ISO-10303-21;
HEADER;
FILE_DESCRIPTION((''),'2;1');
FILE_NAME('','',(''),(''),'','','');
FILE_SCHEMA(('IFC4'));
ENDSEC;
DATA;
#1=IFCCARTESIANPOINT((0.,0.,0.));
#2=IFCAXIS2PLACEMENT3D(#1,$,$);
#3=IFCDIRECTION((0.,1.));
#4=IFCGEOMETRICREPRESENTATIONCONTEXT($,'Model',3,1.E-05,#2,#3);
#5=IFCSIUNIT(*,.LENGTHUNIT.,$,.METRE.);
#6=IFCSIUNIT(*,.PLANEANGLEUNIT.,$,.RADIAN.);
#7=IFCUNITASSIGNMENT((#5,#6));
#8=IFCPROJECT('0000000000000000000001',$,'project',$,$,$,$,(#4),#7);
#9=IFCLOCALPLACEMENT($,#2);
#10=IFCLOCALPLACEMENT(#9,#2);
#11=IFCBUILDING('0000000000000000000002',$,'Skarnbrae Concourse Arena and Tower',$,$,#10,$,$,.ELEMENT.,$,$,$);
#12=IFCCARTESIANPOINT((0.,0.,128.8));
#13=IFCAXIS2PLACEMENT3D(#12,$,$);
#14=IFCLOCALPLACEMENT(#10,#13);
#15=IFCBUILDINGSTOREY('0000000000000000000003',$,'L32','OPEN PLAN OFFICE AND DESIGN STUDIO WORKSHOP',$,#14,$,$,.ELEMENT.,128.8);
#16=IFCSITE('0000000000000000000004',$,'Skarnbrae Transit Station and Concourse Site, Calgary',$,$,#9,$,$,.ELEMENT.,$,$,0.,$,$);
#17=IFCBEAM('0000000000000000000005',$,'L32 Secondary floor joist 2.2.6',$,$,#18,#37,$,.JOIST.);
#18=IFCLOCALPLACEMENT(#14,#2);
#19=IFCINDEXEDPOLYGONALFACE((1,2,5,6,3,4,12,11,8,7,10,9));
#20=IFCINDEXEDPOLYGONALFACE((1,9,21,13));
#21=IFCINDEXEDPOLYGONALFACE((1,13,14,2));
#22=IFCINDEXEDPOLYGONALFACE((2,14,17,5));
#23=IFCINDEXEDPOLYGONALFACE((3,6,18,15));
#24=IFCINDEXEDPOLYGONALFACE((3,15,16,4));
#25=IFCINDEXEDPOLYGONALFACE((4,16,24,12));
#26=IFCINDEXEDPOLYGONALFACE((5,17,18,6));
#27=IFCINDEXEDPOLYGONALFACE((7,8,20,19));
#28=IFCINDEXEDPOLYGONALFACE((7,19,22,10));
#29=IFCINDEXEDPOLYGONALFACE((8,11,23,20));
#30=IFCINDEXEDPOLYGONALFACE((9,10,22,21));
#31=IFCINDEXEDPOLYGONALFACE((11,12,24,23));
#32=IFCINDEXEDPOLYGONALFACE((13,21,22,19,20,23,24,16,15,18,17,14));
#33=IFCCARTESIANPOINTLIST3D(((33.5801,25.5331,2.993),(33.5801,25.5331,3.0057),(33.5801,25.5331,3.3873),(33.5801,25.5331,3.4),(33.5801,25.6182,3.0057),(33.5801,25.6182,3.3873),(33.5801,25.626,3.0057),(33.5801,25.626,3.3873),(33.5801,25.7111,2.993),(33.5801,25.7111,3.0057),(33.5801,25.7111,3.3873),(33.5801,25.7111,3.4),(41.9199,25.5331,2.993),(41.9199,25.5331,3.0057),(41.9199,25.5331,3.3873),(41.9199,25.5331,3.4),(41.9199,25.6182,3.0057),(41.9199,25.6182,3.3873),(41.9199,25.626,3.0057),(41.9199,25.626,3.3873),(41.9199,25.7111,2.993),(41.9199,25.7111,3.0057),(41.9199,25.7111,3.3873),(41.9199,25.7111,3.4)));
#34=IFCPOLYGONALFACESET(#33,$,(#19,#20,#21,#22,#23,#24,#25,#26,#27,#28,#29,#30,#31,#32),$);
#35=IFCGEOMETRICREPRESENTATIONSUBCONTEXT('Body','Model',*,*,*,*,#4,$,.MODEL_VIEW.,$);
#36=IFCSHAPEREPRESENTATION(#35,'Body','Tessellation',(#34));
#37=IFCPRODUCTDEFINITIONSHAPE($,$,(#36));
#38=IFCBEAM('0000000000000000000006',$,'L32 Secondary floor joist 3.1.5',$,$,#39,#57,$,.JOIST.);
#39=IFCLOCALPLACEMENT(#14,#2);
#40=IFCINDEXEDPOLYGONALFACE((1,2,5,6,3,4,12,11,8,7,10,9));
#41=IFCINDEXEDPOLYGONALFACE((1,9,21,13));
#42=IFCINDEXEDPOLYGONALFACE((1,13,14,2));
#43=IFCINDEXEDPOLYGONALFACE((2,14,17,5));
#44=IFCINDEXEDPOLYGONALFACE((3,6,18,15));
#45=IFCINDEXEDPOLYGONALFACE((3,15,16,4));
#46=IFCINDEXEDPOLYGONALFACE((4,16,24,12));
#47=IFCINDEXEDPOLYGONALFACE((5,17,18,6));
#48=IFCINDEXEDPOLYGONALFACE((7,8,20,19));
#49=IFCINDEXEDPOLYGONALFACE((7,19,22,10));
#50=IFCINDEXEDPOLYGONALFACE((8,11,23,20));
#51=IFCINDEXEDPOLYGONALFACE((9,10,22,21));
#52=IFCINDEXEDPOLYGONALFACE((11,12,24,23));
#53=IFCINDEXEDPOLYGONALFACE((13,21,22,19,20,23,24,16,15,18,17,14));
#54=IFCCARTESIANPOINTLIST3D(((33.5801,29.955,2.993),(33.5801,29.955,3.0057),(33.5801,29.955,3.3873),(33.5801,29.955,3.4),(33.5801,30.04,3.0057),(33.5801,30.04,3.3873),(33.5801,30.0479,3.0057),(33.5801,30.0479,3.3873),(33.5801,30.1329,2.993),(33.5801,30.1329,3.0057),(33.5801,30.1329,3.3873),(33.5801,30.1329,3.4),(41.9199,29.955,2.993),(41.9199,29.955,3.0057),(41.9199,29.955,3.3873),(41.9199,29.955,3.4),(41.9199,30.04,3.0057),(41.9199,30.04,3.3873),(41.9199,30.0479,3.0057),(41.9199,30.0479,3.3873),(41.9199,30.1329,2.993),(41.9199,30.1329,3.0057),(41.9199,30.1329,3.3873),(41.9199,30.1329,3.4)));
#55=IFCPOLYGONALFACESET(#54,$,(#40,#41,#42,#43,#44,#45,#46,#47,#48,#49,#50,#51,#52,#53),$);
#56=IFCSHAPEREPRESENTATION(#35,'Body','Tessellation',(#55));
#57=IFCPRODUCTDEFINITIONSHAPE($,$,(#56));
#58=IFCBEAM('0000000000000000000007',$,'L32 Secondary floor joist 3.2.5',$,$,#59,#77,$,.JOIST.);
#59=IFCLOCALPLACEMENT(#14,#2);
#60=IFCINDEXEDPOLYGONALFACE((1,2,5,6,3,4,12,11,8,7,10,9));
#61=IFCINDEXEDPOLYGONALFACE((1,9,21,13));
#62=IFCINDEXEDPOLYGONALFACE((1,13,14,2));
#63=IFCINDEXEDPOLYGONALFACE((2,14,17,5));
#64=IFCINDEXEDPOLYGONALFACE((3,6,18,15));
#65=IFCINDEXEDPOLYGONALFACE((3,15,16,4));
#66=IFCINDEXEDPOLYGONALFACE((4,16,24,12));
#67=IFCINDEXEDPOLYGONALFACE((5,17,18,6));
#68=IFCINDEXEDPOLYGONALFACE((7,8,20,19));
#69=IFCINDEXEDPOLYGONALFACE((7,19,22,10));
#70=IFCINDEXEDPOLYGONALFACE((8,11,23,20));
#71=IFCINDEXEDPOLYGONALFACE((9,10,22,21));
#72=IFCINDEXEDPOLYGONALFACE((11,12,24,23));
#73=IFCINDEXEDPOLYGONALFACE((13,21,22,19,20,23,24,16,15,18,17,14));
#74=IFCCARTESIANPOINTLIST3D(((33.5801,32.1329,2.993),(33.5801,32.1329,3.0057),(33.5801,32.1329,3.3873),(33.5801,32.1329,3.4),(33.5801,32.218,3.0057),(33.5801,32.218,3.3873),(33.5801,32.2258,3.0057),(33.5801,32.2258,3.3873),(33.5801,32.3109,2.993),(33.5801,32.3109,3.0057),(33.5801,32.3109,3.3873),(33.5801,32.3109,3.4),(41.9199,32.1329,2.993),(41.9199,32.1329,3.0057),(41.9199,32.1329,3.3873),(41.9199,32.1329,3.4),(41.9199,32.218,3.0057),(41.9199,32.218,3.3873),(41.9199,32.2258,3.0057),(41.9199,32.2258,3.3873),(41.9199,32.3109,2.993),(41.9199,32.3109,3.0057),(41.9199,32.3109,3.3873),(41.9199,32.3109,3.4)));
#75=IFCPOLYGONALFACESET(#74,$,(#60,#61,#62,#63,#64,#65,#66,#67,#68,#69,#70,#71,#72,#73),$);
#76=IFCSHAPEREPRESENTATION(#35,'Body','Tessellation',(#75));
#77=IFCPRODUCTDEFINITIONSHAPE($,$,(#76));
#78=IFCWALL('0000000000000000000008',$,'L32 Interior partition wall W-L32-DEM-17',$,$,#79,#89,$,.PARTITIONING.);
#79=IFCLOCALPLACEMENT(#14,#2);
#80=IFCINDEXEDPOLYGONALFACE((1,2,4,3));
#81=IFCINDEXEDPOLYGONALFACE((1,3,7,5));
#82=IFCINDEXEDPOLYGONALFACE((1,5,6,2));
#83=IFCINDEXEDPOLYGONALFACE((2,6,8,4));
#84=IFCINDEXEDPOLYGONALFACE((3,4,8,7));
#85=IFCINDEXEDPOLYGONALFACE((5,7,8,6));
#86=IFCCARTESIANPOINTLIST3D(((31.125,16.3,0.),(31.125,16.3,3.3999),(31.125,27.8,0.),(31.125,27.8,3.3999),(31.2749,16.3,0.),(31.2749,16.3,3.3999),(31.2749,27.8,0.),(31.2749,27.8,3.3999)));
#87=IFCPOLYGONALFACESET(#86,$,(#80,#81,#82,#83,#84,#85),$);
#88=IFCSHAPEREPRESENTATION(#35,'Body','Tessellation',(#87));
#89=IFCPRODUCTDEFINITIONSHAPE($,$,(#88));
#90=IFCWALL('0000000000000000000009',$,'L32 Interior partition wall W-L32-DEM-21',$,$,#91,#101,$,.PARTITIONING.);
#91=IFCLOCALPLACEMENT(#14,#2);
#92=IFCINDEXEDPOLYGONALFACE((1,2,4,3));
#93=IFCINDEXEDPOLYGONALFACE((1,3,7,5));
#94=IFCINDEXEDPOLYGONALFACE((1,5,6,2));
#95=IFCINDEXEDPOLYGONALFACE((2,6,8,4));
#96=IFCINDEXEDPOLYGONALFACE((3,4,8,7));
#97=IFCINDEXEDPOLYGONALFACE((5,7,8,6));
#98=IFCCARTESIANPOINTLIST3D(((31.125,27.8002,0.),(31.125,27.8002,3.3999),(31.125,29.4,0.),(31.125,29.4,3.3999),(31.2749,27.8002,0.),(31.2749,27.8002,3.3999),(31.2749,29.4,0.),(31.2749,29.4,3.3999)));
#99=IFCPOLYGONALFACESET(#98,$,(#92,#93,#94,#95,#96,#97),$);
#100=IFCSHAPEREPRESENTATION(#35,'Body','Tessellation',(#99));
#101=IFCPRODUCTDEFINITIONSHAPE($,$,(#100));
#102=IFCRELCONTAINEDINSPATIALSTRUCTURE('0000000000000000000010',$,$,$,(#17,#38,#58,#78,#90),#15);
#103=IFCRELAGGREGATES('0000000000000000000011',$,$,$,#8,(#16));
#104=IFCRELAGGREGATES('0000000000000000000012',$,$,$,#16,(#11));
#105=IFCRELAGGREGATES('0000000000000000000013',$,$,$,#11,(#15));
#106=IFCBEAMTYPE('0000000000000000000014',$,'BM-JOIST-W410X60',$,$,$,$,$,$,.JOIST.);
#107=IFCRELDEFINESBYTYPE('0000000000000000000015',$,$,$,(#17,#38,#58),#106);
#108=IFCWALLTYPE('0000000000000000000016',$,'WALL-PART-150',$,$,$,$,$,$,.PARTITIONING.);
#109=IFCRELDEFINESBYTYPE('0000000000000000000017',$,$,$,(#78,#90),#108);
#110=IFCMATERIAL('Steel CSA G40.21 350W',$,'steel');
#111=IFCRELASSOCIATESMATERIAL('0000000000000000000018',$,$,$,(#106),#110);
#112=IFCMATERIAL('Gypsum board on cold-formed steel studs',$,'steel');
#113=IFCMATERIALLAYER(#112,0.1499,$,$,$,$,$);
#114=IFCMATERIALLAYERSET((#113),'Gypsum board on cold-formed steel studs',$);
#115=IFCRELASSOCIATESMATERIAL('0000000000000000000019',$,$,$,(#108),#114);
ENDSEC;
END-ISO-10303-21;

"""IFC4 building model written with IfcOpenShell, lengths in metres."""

from ifc_helpers import new_model, si_unit, direction, frame, frame_2d, origin, origin_2d, place, context, subcontext, project, spatial, rectangle, i_section, extrude, source, transform, mapped, material, layer, layer_set, material_profile, profile_set, type_object, element, save


model = new_model("IFC4")

# Units and contexts
model_context = context("Model", 3, precision=1e-05, world=origin(), true_north=direction((0.0, 1.0)))
body_context = subcontext(model_context, "Body", "Model", "MODEL_VIEW")
ifc_project = project(units=[si_unit("LENGTHUNIT", "METRE"), si_unit("PLANEANGLEUNIT", "RADIAN")], contexts=[model_context])

# Site, building, storey
site_placement = place(None, origin())
site = spatial("IfcSite", under=ifc_project, at=site_placement, Name="Skarnbrae Transit Station and Concourse Site, Calgary", CompositionType="ELEMENT", RefElevation=0.0)
building_placement = place(site_placement, origin())
building = spatial("IfcBuilding", under=site, at=building_placement, Name="Skarnbrae Concourse Arena and Tower", CompositionType="ELEMENT")
storey_placement = place(building_placement, frame((0.0, 0.0, 128.8)))
storey = spatial("IfcBuildingStorey", under=building, at=storey_placement, Name="L32", Description="OPEN PLAN OFFICE AND DESIGN STUDIO WORKSHOP", CompositionType="ELEMENT", Elevation=128.8)

# Shared definitions
ifc_material_1 = material(Name="Steel CSA G40.21 350W", Category="steel")

# Beams
ifc_material_profile_1 = material_profile(ifc_material_1, i_section(OverallWidth=0.178, OverallDepth=0.407, WebThickness=0.0078, FlangeThickness=0.0127, at=origin_2d()), Name="W410X60")
ifc_profile_set_1 = profile_set([ifc_material_profile_1], Name="Steel CSA G40.21 350W")
beam_type_1 = type_object("IfcBeamType", Name="BM-JOIST-W410X60", PredefinedType="JOIST", material=ifc_profile_set_1)
shared_shape_1 = source(origin(), body_context, "Body", "SweptSolid", [
    extrude(i_section(OverallWidth=0.178, OverallDepth=0.407, WebThickness=0.0078, FlangeThickness=0.0127, at=origin_2d()), origin(), (0.0, 0.0, 1.0), 8.3398),
])
for number, where, z_axis, x_axis, name in (
    (1, (33.5801, 25.6221, 3.1965), (1.0, 0.0, 0.0), (0.0, 1.0, 0.0), "L32 Secondary floor joist 2.2.6"),
    (2, (33.5801, 30.0439, 3.1965), (1.0, 0.0, 0.0), (0.0, 1.0, 0.0), "L32 Secondary floor joist 3.1.5"),
    (3, (33.5801, 32.2219, 3.1965), (1.0, 0.0, 0.0), (0.0, 1.0, 0.0), "L32 Secondary floor joist 3.2.5"),
):
    element("IfcBeam", number, at=place(storey_placement, frame(where, z_axis=z_axis, x_axis=x_axis)), inside=storey, type_object=beam_type_1, Name=name, PredefinedType="JOIST", context=body_context, shape_type="MappedRepresentation", body=[
        mapped(shared_shape_1, transform((0.0, 0.0, 0.0))),
    ])

# Walls
ifc_material_2 = material(Name="Gypsum board on cold-formed steel studs", Category="steel")
ifc_layer = layer(ifc_material_2, 0.1499)
ifc_layer_set = layer_set([ifc_layer], Name="Gypsum board on cold-formed steel studs")
wall_type = type_object("IfcWallType", Name="WALL-PART-150", PredefinedType="PARTITIONING", material=ifc_layer_set)
shared_shape_2 = source(origin(), body_context, "Body", "SweptSolid", [
    extrude(rectangle(XDim=11.5, YDim=0.1499, at=frame_2d((5.75, 0.0))), origin(), (0.0, 0.0, 1.0), 3.3999),
])
wall_1_placement = place(storey_placement, frame((31.2, 27.8, 0.0), z_axis=(0.0, 0.0, 1.0), x_axis=(0.0, -1.0, 0.0)))
element("IfcWall", 4, at=wall_1_placement, inside=storey, type_object=wall_type, Name="L32 Interior partition wall W-L32-DEM-17", PredefinedType="PARTITIONING", context=body_context, shape_type="MappedRepresentation", body=[
    mapped(shared_shape_2, transform((0.0, 0.0, 0.0))),
])
shared_shape_3 = source(origin(), body_context, "Body", "SweptSolid", [
    extrude(rectangle(XDim=1.5999, YDim=0.1499, at=frame_2d((0.7998, 0.0))), origin(), (0.0, 0.0, 1.0), 3.3999),
])
wall_2_placement = place(storey_placement, frame((31.2, 29.3999, 0.0), z_axis=(0.0, 0.0, 1.0), x_axis=(0.0, -1.0, 0.0)))
element("IfcWall", 5, at=wall_2_placement, inside=storey, type_object=wall_type, Name="L32 Interior partition wall W-L32-DEM-21", PredefinedType="PARTITIONING", context=body_context, shape_type="MappedRepresentation", body=[
    mapped(shared_shape_3, transform((0.0, 0.0, 0.0))),
])

save(model, "model.ifc")
